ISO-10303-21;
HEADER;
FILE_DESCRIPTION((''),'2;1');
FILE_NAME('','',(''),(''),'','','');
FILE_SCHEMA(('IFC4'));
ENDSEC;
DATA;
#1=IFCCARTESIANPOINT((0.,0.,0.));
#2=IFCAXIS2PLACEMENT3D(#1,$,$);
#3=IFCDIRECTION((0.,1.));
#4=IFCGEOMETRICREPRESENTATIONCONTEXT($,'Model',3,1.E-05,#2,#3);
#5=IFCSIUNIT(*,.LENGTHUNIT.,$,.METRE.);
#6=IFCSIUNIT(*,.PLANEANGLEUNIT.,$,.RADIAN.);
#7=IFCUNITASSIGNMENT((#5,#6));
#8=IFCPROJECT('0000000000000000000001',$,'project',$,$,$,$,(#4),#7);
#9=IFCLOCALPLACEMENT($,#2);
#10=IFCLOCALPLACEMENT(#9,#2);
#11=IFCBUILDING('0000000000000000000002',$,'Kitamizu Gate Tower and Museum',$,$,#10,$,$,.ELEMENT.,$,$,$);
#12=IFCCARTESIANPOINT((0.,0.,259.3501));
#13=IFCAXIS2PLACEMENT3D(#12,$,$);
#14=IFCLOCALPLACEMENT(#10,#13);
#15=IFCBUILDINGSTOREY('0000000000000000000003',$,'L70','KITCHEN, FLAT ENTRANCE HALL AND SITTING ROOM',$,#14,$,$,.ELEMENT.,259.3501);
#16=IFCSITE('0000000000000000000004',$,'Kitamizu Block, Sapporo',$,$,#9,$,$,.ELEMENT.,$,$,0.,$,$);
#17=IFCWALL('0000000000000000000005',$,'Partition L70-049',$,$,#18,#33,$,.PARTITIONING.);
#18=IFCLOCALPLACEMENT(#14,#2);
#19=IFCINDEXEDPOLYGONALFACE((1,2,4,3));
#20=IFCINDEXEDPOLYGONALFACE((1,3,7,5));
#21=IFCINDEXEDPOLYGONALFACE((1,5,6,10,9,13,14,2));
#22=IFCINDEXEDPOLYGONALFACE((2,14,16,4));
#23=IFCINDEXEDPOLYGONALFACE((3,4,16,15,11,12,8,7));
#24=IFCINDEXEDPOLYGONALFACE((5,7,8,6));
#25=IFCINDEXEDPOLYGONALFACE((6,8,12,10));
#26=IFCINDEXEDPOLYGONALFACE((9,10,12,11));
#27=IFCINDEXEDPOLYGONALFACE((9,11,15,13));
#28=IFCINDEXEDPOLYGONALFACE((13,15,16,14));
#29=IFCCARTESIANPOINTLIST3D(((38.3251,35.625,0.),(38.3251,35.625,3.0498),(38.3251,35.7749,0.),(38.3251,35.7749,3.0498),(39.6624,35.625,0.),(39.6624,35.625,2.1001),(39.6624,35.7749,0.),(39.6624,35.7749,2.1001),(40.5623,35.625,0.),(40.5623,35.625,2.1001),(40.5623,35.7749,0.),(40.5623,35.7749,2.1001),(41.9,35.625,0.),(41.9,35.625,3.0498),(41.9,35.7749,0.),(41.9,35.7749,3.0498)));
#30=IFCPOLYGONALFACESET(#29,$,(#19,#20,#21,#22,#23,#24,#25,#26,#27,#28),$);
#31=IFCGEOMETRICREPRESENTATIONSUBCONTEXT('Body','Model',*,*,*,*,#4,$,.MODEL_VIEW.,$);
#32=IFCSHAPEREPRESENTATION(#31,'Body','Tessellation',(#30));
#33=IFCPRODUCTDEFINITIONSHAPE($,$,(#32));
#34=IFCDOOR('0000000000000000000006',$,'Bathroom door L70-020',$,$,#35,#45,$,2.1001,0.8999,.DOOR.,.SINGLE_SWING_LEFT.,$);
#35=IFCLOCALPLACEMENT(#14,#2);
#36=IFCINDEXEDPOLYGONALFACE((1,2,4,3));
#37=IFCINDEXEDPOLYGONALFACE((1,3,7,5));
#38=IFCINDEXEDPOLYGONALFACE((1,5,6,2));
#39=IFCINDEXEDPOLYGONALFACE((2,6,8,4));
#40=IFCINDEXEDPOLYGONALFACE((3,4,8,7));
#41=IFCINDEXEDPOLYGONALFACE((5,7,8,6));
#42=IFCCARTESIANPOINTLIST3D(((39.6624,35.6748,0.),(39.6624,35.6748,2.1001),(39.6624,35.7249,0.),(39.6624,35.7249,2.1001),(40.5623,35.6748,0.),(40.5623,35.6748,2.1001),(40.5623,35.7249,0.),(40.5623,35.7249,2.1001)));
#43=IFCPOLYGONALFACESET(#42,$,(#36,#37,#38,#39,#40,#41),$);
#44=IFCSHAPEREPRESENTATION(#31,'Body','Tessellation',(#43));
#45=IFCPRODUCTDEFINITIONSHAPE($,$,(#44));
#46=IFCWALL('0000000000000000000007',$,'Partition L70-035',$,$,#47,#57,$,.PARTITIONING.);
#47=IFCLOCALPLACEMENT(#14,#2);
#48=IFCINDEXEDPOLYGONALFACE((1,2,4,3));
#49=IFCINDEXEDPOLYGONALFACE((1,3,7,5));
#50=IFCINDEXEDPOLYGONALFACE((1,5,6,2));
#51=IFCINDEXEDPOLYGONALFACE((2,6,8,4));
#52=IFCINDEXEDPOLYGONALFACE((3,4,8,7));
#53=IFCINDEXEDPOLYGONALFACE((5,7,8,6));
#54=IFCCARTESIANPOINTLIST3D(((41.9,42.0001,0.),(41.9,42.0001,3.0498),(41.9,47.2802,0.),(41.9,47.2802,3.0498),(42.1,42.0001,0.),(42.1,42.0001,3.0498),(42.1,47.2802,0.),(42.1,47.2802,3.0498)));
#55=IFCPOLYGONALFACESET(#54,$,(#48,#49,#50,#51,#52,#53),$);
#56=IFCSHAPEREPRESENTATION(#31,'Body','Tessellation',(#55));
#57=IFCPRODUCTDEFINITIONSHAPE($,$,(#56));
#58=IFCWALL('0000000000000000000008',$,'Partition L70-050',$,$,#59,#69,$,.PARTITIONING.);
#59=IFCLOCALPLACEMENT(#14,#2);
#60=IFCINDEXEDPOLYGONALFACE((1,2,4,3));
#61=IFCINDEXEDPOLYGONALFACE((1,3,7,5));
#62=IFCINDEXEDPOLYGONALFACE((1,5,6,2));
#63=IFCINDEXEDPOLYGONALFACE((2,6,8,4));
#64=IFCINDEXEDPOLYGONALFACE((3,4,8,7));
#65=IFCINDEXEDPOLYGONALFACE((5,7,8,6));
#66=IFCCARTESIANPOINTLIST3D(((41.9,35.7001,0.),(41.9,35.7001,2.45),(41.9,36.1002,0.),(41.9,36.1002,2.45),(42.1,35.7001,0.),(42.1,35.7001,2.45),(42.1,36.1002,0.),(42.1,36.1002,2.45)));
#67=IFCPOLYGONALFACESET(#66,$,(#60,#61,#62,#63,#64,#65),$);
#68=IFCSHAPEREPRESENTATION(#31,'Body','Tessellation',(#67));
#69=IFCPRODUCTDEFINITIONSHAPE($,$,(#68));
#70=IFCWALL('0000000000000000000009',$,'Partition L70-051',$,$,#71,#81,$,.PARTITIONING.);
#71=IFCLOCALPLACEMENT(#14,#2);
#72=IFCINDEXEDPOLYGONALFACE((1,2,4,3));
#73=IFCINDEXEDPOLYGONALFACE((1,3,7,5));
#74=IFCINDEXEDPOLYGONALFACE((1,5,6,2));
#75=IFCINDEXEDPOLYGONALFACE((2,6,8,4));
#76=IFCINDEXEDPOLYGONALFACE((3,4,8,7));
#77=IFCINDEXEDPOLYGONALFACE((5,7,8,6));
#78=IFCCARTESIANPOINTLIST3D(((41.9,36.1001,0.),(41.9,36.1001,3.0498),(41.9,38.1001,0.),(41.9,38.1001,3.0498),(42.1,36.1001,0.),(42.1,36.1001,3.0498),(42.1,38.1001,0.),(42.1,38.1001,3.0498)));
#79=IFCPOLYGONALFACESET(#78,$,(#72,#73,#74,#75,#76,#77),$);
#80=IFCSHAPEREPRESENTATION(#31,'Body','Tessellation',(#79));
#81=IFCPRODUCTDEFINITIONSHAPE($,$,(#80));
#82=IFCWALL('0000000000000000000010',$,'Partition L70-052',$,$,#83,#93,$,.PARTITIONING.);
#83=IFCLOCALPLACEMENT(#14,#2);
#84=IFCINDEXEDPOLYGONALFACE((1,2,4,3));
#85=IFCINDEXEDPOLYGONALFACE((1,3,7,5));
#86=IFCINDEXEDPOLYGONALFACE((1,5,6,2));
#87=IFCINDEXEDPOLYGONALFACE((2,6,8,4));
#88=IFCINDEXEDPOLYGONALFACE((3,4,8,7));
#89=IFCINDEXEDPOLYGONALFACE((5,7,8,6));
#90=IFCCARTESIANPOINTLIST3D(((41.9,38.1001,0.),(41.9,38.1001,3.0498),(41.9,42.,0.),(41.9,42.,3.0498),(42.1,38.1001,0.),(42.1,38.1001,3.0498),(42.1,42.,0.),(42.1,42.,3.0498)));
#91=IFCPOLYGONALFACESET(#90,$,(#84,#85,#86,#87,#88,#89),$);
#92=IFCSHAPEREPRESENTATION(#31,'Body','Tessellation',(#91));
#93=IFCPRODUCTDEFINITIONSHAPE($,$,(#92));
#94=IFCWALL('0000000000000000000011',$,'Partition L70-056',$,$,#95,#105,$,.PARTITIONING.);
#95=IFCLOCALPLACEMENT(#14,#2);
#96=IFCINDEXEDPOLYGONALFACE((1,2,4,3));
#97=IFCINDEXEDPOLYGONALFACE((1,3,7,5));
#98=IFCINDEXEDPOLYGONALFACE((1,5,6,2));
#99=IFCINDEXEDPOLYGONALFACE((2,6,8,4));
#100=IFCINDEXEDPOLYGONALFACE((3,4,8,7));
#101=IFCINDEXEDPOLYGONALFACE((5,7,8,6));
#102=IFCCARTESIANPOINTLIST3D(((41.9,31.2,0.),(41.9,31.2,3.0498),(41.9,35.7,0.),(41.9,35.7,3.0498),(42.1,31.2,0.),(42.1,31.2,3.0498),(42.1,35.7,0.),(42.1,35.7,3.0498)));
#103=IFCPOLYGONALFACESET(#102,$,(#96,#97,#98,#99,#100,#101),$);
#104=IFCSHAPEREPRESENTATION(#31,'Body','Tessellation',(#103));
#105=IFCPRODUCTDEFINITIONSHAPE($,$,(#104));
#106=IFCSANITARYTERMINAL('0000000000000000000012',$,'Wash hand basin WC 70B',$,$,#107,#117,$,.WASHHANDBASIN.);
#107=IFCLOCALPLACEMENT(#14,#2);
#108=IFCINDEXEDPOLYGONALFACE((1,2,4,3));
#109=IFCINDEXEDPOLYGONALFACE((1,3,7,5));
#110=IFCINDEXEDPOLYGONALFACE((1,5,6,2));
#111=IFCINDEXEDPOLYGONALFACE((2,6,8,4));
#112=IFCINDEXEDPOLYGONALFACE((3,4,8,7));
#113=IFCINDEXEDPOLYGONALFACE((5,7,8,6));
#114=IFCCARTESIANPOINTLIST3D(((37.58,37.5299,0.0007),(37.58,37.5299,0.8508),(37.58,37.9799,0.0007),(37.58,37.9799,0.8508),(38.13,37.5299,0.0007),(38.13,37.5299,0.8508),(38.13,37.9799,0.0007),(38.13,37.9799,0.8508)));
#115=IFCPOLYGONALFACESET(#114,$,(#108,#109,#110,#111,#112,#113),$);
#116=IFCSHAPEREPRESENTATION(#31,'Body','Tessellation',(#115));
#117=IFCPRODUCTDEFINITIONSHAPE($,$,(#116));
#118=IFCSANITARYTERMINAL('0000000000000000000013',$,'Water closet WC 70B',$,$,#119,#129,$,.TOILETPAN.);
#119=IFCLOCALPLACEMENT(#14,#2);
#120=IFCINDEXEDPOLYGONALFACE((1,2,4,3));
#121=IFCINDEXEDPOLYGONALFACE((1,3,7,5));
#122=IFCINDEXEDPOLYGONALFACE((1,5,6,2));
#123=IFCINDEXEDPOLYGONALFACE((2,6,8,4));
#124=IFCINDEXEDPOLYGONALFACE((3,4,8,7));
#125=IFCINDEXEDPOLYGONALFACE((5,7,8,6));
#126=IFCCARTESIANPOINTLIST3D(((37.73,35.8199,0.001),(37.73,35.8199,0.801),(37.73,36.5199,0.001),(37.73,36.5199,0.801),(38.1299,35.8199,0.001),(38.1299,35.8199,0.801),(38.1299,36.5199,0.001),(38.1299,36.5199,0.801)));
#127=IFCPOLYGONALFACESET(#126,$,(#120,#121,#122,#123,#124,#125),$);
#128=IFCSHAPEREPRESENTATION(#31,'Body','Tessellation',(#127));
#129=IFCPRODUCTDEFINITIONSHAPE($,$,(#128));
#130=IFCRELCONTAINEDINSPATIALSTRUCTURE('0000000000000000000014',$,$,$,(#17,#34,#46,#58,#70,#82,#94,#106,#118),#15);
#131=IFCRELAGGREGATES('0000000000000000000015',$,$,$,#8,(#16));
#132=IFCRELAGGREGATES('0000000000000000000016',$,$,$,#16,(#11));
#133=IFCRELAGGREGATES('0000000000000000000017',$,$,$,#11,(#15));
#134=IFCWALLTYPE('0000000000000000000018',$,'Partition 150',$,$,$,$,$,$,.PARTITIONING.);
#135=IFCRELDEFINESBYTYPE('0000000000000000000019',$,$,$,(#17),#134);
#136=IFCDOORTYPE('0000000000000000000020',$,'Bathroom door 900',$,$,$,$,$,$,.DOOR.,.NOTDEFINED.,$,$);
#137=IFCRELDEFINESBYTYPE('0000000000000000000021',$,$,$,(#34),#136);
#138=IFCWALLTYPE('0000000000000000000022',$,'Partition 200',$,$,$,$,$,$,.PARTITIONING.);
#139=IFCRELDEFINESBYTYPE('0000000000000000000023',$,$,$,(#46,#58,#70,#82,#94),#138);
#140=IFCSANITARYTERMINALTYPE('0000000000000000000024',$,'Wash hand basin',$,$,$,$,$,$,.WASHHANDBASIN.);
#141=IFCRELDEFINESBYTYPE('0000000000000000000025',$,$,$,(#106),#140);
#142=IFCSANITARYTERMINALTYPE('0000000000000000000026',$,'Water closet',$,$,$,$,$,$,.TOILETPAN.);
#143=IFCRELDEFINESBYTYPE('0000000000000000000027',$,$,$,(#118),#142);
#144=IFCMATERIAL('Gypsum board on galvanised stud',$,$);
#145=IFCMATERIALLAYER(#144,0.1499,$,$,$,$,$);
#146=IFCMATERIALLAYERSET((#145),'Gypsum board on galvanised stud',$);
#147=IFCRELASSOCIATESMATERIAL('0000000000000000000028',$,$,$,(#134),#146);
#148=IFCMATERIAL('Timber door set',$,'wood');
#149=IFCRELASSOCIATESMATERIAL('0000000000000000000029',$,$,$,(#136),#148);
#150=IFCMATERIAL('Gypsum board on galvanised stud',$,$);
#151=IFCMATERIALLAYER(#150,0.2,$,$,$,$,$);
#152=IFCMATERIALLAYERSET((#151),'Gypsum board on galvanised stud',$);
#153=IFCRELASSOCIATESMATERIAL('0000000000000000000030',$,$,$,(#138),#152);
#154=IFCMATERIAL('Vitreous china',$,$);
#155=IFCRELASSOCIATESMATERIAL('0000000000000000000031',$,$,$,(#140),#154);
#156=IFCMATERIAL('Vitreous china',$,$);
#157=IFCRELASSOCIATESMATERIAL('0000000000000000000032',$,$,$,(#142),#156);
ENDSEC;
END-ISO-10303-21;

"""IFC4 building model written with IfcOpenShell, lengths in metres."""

from ifc_helpers import new_model, si_unit, direction, frame, frame_2d, origin, origin_2d, place, context, subcontext, project, spatial, rectangle, extrude, material, layer, layer_set, type_object, element, fill, save


model = new_model("IFC4")

# Units and contexts
model_context = context("Model", 3, precision=1e-05, world=origin(), true_north=direction((0.0, 1.0)))
body_context = subcontext(model_context, "Body", "Model", "MODEL_VIEW")
ifc_project = project(units=[si_unit("LENGTHUNIT", "METRE"), si_unit("PLANEANGLEUNIT", "RADIAN")], contexts=[model_context])

# Site, building, storey
site_placement = place(None, origin())
site = spatial("IfcSite", under=ifc_project, at=site_placement, Name="Kitamizu Block, Sapporo", CompositionType="ELEMENT", RefElevation=0.0)
building_placement = place(site_placement, origin())
building = spatial("IfcBuilding", under=site, at=building_placement, Name="Kitamizu Gate Tower and Museum", CompositionType="ELEMENT")
storey_placement = place(building_placement, frame((0.0, 0.0, 259.3501)))
storey = spatial("IfcBuildingStorey", under=building, at=storey_placement, Name="L70", Description="KITCHEN, FLAT ENTRANCE HALL AND SITTING ROOM", CompositionType="ELEMENT", Elevation=259.3501)

# Shared definitions
ifc_material_1 = material(Name="Gypsum board on galvanised stud")
ifc_layer_1 = layer(ifc_material_1, 0.1499)
ifc_layer_set_1 = layer_set([ifc_layer_1], Name="Gypsum board on galvanised stud")
wall_type_1 = type_object("IfcWallType", Name="Partition 150", PredefinedType="PARTITIONING", material=ifc_layer_set_1)
ifc_material_2 = material(Name="Timber door set", Category="wood")
door_type_1 = type_object("IfcDoorType", Name="Bathroom door 900", OperationType="NOTDEFINED", PredefinedType="DOOR", material=ifc_material_2)

# Wall, opening, door
wall_1_placement = place(storey_placement, frame((38.325, 35.7, 0.0), z_axis=(0.0, 0.0, 1.0), x_axis=(1.0, 0.0, 0.0)))
wall_1 = element("IfcWall", 1, at=wall_1_placement, inside=storey, type_object=wall_type_1, Name="Partition L70-049", PredefinedType="PARTITIONING", context=body_context, shape_type="SweptSolid", body=[
    extrude(rectangle(XDim=3.575, YDim=0.1499, at=frame_2d((1.7876, 0.0))), origin(), (0.0, 0.0, 1.0), 3.0498),
])
opening_1_placement = place(wall_1_placement, frame((1.3374, 0.0, 0.0)))
opening_1 = element("IfcOpeningElement", 2, at=opening_1_placement, cuts=wall_1, PredefinedType="OPENING", context=body_context, shape_type="SweptSolid", body=[
    extrude(rectangle(XDim=0.8999, YDim=2.1001, at=frame_2d((0.45, 1.05))), frame((0.0, 0.085, 0.0), z_axis=(0.0, -1.0, 0.0), x_axis=(1.0, 0.0, 0.0)), (0.0, 0.0, 1.0), 0.1699),
])
door_1_placement = place(opening_1_placement, origin())
door_1 = element("IfcDoor", 3, at=door_1_placement, inside=storey, type_object=door_type_1, Name="Bathroom door L70-020", OperationType="SINGLE_SWING_LEFT", OverallHeight=2.1001, OverallWidth=0.8999, PredefinedType="DOOR", context=body_context, shape_type="SweptSolid", body=[
    extrude(rectangle(XDim=0.8999, YDim=2.1001, at=frame_2d((0.45, 1.05))), frame((0.0, 0.0249, 0.0), z_axis=(0.0, -1.0, 0.0), x_axis=(1.0, 0.0, 0.0)), (0.0, 0.0, 1.0), 0.05),
])
fill(opening_1, door_1)

# Walls
ifc_material_3 = material(Name="Gypsum board on galvanised stud")
ifc_layer_2 = layer(ifc_material_3, 0.2)
ifc_layer_set_2 = layer_set([ifc_layer_2], Name="Gypsum board on galvanised stud")
wall_type_2 = type_object("IfcWallType", Name="Partition 200", PredefinedType="PARTITIONING", material=ifc_layer_set_2)
wall_2_placement = place(storey_placement, frame((42.0, 42.0, 0.0), z_axis=(0.0, 0.0, 1.0), x_axis=(0.0, 1.0, 0.0)))
element("IfcWall", 4, at=wall_2_placement, inside=storey, type_object=wall_type_2, Name="Partition L70-035", PredefinedType="PARTITIONING", context=body_context, shape_type="SweptSolid", body=[
    extrude(rectangle(XDim=5.28, YDim=0.2, at=frame_2d((2.6401, 0.0))), origin(), (0.0, 0.0, 1.0), 3.0498),
])
wall_3_placement = place(storey_placement, frame((42.0, 35.7, 0.0), z_axis=(0.0, 0.0, 1.0), x_axis=(0.0, 1.0, 0.0)))
element("IfcWall", 5, at=wall_3_placement, inside=storey, type_object=wall_type_2, Name="Partition L70-050", PredefinedType="PARTITIONING", context=body_context, shape_type="SweptSolid", body=[
    extrude(rectangle(XDim=0.4001, YDim=0.2, at=frame_2d((0.2002, 0.0))), origin(), (0.0, 0.0, 1.0), 2.45),
])
wall_4_placement = place(storey_placement, frame((42.0, 36.1001, 0.0), z_axis=(0.0, 0.0, 1.0), x_axis=(0.0, 1.0, 0.0)))
element("IfcWall", 6, at=wall_4_placement, inside=storey, type_object=wall_type_2, Name="Partition L70-051", PredefinedType="PARTITIONING", context=body_context, shape_type="SweptSolid", body=[
    extrude(rectangle(XDim=2.0, YDim=0.2, at=frame_2d((1.0, 0.0))), origin(), (0.0, 0.0, 1.0), 3.0498),
])
wall_5_placement = place(storey_placement, frame((42.0, 38.1001, 0.0), z_axis=(0.0, 0.0, 1.0), x_axis=(0.0, 1.0, 0.0)))
element("IfcWall", 7, at=wall_5_placement, inside=storey, type_object=wall_type_2, Name="Partition L70-052", PredefinedType="PARTITIONING", context=body_context, shape_type="SweptSolid", body=[
    extrude(rectangle(XDim=3.8999, YDim=0.2, at=frame_2d((1.95, 0.0))), origin(), (0.0, 0.0, 1.0), 3.0498),
])
wall_6_placement = place(storey_placement, frame((42.0, 31.2, 0.0), z_axis=(0.0, 0.0, 1.0), x_axis=(0.0, 1.0, 0.0)))
element("IfcWall", 8, at=wall_6_placement, inside=storey, type_object=wall_type_2, Name="Partition L70-056", PredefinedType="PARTITIONING", context=body_context, shape_type="SweptSolid", body=[
    extrude(rectangle(XDim=4.5, YDim=0.2, at=frame_2d((2.25, 0.0))), origin(), (0.0, 0.0, 1.0), 3.0498),
])

# Sanitary terminals
ifc_material_4 = material(Name="Vitreous china")
sanitary_terminal_type_1 = type_object("IfcSanitaryTerminalType", Name="Wash hand basin", PredefinedType="WASHHANDBASIN", material=ifc_material_4)
sanitary_terminal_1_placement = place(storey_placement, frame((37.855, 37.7549, 0.0007), z_axis=(0.0, 0.0, 1.0), x_axis=(1.0, 0.0, 0.0)))
element("IfcSanitaryTerminal", 9, at=sanitary_terminal_1_placement, inside=storey, type_object=sanitary_terminal_type_1, Name="Wash hand basin WC 70B", PredefinedType="WASHHANDBASIN", context=body_context, shape_type="SweptSolid", body=[
    extrude(rectangle(XDim=0.55, YDim=0.45, at=origin_2d()), origin(), (0.0, 0.0, 1.0), 0.8501),
])
ifc_material_5 = material(Name="Vitreous china")
sanitary_terminal_type_2 = type_object("IfcSanitaryTerminalType", Name="Water closet", PredefinedType="TOILETPAN", material=ifc_material_5)
sanitary_terminal_2_placement = place(storey_placement, frame((37.9299, 36.1699, 0.001), z_axis=(0.0, 0.0, 1.0), x_axis=(1.0, 0.0, 0.0)))
element("IfcSanitaryTerminal", 10, at=sanitary_terminal_2_placement, inside=storey, type_object=sanitary_terminal_type_2, Name="Water closet WC 70B", PredefinedType="TOILETPAN", context=body_context, shape_type="SweptSolid", body=[
    extrude(rectangle(XDim=0.3999, YDim=0.7, at=origin_2d()), origin(), (0.0, 0.0, 1.0), 0.8),
])

save(model, "model.ifc")
